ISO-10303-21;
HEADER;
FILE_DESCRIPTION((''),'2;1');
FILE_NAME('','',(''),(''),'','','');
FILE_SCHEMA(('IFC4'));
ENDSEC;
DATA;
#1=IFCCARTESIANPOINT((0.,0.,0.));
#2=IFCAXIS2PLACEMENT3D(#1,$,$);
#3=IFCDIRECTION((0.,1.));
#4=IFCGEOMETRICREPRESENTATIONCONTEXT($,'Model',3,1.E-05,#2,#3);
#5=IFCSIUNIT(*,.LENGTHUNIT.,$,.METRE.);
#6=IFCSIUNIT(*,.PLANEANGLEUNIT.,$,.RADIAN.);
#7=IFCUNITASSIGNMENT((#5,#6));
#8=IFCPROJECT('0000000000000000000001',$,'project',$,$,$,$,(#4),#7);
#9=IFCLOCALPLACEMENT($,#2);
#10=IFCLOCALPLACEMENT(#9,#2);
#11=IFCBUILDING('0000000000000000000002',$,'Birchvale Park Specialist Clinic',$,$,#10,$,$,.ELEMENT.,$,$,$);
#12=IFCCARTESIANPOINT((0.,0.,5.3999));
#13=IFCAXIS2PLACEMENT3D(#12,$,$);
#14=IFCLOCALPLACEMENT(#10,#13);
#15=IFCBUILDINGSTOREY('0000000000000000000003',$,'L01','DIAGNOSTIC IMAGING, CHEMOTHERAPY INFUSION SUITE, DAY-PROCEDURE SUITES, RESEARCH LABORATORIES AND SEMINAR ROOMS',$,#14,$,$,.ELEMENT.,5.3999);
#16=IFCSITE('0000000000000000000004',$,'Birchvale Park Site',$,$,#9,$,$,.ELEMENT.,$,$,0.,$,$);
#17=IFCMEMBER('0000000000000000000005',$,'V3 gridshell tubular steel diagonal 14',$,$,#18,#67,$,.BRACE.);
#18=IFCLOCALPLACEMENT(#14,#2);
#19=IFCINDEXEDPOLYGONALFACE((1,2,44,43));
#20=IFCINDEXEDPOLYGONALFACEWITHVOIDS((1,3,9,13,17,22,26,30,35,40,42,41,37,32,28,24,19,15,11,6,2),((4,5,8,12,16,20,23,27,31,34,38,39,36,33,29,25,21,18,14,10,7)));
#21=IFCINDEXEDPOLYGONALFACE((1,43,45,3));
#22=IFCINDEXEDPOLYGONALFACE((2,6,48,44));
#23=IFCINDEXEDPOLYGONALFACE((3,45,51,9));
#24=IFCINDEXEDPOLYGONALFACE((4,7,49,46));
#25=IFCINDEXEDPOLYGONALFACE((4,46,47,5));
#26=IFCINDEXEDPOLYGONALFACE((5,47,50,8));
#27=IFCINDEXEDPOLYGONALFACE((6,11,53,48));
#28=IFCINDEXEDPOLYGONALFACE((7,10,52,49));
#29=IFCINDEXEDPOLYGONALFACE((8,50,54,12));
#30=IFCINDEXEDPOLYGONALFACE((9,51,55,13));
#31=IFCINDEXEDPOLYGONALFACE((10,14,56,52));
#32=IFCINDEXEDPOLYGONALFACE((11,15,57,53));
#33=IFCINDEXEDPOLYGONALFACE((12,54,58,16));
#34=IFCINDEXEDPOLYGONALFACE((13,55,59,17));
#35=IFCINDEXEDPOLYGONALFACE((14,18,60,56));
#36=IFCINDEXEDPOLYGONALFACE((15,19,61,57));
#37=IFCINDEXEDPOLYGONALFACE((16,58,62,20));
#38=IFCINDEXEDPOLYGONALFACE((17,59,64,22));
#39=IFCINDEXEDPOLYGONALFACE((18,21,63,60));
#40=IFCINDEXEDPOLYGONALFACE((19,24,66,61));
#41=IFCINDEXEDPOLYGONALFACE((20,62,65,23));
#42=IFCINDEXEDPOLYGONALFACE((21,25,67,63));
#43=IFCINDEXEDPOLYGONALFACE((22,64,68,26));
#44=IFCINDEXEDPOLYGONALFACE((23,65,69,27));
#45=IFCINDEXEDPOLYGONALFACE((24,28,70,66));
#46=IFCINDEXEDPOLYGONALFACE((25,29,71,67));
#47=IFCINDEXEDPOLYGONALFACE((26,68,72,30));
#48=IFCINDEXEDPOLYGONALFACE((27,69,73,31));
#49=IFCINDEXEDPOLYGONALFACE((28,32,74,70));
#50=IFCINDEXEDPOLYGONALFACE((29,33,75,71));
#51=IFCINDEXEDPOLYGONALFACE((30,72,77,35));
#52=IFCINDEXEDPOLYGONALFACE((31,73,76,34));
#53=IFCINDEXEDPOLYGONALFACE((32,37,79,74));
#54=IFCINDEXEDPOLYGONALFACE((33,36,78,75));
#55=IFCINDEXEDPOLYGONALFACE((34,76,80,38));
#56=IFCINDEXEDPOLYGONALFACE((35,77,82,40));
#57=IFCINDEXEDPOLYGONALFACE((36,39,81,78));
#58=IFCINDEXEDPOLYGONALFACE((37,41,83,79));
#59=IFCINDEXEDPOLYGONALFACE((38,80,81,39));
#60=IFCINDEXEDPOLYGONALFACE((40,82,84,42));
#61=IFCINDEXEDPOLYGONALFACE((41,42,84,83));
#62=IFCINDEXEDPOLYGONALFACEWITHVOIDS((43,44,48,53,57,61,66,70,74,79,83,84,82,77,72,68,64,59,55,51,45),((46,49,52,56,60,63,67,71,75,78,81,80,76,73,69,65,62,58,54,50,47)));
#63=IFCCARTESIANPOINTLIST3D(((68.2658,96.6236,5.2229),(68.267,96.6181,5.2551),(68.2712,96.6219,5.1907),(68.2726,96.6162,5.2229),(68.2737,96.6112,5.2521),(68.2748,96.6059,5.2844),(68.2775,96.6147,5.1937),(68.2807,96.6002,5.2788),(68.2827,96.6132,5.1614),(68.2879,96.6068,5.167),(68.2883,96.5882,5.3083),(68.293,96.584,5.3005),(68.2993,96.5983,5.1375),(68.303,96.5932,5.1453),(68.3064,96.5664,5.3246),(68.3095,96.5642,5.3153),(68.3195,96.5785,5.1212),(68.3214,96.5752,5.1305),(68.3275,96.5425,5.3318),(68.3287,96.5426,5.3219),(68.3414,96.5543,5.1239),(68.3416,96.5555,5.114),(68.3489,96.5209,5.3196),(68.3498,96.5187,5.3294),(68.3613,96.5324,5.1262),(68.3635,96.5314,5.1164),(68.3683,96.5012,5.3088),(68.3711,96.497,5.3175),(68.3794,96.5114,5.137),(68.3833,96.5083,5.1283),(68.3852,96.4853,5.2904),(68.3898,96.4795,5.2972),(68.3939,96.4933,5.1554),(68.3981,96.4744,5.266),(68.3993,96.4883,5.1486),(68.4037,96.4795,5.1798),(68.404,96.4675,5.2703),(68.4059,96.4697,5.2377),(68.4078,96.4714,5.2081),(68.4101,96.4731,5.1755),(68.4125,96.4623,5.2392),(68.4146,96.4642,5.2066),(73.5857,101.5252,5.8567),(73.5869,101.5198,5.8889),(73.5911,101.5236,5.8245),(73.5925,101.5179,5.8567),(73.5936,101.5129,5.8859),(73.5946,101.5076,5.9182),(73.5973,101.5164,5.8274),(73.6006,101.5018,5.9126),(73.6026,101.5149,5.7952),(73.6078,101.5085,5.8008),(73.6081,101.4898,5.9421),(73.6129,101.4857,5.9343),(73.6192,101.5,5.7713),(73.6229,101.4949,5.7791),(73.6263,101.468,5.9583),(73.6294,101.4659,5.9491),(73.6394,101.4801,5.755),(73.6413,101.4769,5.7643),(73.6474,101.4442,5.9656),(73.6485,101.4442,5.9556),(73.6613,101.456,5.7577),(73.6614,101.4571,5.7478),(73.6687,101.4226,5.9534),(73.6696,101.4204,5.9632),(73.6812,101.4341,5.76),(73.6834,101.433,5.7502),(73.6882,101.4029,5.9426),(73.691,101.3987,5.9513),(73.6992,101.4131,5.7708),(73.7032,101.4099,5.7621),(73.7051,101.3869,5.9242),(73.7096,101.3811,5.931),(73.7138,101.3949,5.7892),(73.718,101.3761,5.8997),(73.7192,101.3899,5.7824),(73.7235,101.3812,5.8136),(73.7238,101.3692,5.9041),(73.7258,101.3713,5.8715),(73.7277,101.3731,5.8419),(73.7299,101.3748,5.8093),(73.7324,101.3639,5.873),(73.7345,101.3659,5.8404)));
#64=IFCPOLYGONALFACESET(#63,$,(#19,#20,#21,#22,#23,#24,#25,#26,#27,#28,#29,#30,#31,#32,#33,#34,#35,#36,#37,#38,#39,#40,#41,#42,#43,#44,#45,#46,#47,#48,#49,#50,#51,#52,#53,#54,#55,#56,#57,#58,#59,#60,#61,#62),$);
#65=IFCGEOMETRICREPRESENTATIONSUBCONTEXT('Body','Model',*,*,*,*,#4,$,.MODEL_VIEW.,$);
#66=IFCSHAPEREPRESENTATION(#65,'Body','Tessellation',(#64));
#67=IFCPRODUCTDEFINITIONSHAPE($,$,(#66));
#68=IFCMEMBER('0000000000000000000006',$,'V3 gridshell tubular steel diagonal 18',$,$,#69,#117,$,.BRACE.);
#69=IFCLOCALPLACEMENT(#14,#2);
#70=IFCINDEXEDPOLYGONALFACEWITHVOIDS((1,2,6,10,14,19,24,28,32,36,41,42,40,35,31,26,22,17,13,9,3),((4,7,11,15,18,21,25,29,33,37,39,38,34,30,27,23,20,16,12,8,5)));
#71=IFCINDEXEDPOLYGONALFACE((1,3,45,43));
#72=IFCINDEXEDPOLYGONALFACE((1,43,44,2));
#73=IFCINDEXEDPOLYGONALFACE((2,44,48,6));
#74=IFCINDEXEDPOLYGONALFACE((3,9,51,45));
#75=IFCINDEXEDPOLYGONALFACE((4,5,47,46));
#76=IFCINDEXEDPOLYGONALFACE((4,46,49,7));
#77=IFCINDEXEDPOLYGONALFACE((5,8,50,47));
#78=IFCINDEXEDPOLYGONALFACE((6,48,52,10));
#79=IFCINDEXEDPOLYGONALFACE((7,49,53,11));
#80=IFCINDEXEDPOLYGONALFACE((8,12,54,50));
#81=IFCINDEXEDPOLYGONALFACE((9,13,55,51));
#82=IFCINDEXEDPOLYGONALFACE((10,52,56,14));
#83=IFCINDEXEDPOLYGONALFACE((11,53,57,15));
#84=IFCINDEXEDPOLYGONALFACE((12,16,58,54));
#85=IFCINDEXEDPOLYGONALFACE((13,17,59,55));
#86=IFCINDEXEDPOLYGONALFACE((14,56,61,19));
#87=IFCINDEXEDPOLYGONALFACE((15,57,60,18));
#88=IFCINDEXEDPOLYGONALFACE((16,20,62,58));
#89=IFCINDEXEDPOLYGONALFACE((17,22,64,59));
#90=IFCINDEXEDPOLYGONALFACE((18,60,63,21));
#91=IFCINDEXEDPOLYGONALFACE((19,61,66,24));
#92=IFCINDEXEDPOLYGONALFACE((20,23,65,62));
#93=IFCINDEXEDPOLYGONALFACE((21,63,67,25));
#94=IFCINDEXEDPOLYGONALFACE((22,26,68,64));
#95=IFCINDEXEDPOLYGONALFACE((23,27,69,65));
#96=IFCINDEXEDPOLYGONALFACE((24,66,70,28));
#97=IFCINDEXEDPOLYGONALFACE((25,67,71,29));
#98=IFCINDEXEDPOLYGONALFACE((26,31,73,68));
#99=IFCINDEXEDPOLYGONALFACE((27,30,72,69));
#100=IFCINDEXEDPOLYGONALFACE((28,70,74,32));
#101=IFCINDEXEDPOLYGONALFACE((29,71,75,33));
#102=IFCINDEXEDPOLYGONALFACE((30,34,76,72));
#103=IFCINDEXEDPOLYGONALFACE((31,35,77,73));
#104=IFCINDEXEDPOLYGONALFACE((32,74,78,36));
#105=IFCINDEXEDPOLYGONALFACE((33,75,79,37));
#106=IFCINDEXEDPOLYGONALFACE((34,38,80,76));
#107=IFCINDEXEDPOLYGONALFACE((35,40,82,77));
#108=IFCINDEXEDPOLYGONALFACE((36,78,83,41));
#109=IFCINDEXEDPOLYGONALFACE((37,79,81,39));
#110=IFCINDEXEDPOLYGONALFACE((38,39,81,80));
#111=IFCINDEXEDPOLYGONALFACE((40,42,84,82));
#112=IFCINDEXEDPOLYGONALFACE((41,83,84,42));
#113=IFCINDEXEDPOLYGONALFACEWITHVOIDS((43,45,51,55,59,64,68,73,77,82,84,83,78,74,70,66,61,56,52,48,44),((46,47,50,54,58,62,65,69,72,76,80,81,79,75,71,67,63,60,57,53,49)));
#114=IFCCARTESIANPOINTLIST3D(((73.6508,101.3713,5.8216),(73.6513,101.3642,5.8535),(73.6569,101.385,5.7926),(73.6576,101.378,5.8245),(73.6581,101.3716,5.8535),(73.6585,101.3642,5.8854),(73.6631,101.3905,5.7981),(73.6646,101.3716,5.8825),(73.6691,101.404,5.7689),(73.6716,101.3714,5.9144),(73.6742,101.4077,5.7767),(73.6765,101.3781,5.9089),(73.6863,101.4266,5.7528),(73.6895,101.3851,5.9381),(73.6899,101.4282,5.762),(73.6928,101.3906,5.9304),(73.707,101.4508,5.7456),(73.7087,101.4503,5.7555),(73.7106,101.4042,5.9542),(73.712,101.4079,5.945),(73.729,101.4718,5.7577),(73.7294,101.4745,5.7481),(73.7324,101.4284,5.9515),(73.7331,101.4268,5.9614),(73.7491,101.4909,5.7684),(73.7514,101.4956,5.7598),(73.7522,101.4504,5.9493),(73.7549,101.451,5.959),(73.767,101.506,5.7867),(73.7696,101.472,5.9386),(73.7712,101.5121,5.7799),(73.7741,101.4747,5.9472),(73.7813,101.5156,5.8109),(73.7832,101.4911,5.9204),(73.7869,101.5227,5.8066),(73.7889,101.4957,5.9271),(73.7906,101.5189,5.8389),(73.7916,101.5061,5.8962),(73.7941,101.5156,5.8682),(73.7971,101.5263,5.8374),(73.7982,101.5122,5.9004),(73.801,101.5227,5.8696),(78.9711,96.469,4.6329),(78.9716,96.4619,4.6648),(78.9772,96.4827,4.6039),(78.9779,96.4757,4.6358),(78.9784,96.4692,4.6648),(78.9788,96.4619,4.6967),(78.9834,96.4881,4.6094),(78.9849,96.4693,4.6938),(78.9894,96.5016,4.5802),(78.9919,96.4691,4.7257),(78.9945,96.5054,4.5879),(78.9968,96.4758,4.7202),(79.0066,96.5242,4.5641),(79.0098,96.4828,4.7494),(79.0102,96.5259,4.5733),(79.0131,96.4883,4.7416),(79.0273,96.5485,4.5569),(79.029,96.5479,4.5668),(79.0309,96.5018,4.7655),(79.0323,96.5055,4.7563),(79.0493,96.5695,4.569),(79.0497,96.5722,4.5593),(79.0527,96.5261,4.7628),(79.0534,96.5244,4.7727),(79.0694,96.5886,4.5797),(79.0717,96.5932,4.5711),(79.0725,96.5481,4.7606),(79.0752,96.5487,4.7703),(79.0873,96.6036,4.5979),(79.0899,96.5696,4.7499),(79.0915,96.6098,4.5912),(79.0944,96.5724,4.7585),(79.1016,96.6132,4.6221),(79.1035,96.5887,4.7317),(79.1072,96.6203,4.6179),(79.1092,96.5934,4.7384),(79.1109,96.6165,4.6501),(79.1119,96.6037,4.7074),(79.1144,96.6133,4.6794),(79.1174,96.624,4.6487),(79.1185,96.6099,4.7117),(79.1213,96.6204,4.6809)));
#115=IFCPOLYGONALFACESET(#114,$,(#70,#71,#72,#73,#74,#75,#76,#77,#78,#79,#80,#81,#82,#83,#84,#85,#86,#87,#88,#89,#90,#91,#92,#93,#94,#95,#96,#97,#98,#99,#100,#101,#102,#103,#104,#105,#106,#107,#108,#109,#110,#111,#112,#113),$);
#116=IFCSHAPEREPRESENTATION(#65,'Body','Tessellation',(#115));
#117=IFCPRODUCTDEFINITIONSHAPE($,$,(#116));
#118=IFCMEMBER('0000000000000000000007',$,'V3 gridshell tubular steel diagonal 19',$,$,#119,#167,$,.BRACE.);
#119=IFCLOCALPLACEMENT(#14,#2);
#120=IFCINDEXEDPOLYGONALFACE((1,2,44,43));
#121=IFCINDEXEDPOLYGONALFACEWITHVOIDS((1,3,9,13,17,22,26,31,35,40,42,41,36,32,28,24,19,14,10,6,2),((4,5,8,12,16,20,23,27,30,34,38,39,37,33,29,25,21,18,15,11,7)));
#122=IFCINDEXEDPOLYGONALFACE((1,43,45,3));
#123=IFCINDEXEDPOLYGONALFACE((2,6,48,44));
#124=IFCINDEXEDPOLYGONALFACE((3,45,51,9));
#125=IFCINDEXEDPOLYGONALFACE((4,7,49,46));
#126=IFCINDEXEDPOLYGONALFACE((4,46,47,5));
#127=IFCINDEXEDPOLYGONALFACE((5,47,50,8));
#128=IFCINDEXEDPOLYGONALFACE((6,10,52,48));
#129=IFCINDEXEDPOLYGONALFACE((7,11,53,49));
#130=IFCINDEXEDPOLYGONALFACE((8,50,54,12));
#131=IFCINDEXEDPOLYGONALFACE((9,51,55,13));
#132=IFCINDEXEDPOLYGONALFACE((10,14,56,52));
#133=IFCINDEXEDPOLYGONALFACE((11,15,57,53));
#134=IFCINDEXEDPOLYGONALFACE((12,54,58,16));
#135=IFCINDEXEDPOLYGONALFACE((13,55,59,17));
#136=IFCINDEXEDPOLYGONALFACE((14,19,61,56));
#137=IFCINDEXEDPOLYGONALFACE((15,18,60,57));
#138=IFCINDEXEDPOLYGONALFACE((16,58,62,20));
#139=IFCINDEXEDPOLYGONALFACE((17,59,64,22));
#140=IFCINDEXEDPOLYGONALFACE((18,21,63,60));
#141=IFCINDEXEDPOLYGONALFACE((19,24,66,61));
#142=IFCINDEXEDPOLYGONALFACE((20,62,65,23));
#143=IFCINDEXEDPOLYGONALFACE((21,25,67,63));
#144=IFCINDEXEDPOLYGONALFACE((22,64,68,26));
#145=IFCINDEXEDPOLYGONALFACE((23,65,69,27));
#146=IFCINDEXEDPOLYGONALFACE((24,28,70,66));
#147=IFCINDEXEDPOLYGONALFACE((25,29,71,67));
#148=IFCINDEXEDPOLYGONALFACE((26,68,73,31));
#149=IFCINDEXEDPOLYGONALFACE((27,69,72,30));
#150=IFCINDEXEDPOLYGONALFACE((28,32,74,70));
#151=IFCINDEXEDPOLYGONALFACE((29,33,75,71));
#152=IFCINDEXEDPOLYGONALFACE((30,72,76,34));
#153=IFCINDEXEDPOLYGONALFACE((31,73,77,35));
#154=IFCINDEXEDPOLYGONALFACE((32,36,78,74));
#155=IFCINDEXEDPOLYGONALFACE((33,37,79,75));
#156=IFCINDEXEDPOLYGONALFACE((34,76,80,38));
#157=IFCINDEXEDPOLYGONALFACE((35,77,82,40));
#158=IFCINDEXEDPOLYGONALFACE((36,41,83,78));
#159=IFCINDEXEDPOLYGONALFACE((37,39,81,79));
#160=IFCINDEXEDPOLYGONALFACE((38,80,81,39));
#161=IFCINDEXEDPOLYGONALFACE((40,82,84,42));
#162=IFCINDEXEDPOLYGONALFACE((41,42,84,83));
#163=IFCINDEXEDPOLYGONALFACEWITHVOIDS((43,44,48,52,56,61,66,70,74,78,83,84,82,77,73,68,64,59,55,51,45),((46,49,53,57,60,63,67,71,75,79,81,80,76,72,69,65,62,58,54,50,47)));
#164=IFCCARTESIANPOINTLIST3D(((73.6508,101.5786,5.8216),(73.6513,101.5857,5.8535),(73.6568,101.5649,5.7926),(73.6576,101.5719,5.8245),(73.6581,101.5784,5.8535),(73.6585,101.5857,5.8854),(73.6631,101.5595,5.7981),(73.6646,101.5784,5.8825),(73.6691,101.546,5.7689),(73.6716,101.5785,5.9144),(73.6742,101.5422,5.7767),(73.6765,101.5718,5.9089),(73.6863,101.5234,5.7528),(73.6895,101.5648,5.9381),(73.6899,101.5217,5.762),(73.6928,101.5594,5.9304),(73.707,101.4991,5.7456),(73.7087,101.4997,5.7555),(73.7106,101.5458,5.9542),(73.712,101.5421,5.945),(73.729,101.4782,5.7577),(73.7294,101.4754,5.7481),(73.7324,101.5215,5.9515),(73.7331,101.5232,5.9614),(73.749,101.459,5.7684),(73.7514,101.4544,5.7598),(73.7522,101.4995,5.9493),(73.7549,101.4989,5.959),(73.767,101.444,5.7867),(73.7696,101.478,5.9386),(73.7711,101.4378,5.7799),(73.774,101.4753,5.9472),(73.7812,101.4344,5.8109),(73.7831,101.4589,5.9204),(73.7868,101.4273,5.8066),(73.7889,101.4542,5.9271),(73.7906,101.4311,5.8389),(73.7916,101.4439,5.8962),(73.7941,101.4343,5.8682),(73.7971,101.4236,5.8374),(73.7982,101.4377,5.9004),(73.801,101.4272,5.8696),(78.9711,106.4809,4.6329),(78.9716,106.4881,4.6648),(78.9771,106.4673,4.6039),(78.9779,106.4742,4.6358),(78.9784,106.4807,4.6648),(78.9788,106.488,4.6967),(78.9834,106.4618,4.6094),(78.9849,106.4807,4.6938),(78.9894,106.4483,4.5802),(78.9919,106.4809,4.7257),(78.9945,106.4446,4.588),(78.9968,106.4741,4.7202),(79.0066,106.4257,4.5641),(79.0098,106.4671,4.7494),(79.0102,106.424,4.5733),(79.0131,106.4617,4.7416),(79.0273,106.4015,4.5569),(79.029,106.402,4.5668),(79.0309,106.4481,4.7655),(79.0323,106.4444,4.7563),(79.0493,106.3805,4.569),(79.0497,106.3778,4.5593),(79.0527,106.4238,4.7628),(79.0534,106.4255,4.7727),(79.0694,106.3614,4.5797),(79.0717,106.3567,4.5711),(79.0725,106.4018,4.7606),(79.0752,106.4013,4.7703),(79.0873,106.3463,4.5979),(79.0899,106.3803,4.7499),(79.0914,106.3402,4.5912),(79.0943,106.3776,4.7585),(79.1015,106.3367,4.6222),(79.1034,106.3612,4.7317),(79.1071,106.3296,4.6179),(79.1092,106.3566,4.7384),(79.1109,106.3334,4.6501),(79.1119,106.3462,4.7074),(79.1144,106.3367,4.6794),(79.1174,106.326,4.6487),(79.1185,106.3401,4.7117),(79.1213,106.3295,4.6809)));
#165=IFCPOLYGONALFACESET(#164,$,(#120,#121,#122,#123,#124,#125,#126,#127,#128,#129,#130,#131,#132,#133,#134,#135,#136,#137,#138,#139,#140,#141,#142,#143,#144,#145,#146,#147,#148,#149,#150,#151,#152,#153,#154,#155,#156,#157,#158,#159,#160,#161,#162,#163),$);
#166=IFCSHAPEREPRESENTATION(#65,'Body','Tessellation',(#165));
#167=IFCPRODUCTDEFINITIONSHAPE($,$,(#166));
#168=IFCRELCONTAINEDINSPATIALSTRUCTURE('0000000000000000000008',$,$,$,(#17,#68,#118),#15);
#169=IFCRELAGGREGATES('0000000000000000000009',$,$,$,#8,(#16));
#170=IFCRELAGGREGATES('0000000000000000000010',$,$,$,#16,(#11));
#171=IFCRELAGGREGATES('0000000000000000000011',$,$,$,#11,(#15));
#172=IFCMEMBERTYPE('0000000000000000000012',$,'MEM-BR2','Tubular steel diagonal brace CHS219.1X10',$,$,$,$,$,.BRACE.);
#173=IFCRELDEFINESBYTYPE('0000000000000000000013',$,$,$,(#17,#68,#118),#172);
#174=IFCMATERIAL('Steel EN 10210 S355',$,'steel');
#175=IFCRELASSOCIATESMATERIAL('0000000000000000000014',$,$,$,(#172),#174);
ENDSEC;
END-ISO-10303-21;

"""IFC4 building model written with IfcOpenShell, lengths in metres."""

from ifc_helpers import new_model, si_unit, direction, frame, origin, origin_2d, place, context, subcontext, project, spatial, hollow_circle, extrude, material, material_profile, profile_set, type_object, element, save


model = new_model("IFC4")

# Units and contexts
model_context = context("Model", 3, precision=1e-05, world=origin(), true_north=direction((0.0, 1.0)))
body_context = subcontext(model_context, "Body", "Model", "MODEL_VIEW")
ifc_project = project(units=[si_unit("LENGTHUNIT", "METRE"), si_unit("PLANEANGLEUNIT", "RADIAN")], contexts=[model_context])

# Site, building, storey
site_placement = place(None, origin())
site = spatial("IfcSite", under=ifc_project, at=site_placement, Name="Birchvale Park Site", CompositionType="ELEMENT", RefElevation=0.0)
building_placement = place(site_placement, origin())
building = spatial("IfcBuilding", under=site, at=building_placement, Name="Birchvale Park Specialist Clinic", CompositionType="ELEMENT")
storey_placement = place(building_placement, frame((0.0, 0.0, 5.3999)))
storey = spatial("IfcBuildingStorey", under=building, at=storey_placement, Name="L01", Description="DIAGNOSTIC IMAGING, CHEMOTHERAPY INFUSION SUITE, DAY-PROCEDURE SUITES, RESEARCH LABORATORIES AND SEMINAR ROOMS", CompositionType="ELEMENT", Elevation=5.3999)

# Members
ifc_material_1 = material(Name="Steel EN 10210 S355", Category="steel")
ifc_material_profile_1 = material_profile(ifc_material_1, hollow_circle(Radius=0.1096, WallThickness=0.01, at=origin_2d()), Name="CHS219.1X10")
ifc_profile_set_1 = profile_set([ifc_material_profile_1], Name="Steel EN 10210 S355")
member_type_1 = type_object("IfcMemberType", Name="MEM-BR2", Description="Tubular steel diagonal brace CHS219.1X10", PredefinedType="BRACE", material=ifc_profile_set_1)
member_1_placement = place(storey_placement, frame((68.3401, 96.543, 5.2229), z_axis=(0.732616, 0.675022, 0.087282), x_axis=(-0.677608, 0.735423, 0.0)))
element("IfcMember", 1, at=member_1_placement, inside=storey, type_object=member_type_1, Name="V3 gridshell tubular steel diagonal 14", PredefinedType="BRACE", context=body_context, shape_type="SweptSolid", body=[
    extrude(hollow_circle(Radius=0.1096, WallThickness=0.01, at=origin_2d()), origin(), (0.0, 0.0, 1.0), 7.2615),
])
for number, where, z_axis, x_axis, name in (
    (2, (79.0459, 96.5425, 4.6648), (-0.725673, 0.668663, 0.162138), (-0.677629, -0.735403, 0.0), "V3 gridshell tubular steel diagonal 18"),
    (3, (73.7256, 101.5051, 5.8535), (0.725673, 0.668663, -0.162138), (-0.677629, 0.735403, 0.0), "V3 gridshell tubular steel diagonal 19"),
):
    element("IfcMember", number, at=place(storey_placement, frame(where, z_axis=z_axis, x_axis=x_axis)), inside=storey, type_object=member_type_1, Name=name, PredefinedType="BRACE", context=body_context, shape_type="SweptSolid", body=[
        extrude(hollow_circle(Radius=0.1096, WallThickness=0.01, at=origin_2d()), origin(), (0.0, 0.0, 1.0), 7.3315),
    ])

save(model, "model.ifc")
